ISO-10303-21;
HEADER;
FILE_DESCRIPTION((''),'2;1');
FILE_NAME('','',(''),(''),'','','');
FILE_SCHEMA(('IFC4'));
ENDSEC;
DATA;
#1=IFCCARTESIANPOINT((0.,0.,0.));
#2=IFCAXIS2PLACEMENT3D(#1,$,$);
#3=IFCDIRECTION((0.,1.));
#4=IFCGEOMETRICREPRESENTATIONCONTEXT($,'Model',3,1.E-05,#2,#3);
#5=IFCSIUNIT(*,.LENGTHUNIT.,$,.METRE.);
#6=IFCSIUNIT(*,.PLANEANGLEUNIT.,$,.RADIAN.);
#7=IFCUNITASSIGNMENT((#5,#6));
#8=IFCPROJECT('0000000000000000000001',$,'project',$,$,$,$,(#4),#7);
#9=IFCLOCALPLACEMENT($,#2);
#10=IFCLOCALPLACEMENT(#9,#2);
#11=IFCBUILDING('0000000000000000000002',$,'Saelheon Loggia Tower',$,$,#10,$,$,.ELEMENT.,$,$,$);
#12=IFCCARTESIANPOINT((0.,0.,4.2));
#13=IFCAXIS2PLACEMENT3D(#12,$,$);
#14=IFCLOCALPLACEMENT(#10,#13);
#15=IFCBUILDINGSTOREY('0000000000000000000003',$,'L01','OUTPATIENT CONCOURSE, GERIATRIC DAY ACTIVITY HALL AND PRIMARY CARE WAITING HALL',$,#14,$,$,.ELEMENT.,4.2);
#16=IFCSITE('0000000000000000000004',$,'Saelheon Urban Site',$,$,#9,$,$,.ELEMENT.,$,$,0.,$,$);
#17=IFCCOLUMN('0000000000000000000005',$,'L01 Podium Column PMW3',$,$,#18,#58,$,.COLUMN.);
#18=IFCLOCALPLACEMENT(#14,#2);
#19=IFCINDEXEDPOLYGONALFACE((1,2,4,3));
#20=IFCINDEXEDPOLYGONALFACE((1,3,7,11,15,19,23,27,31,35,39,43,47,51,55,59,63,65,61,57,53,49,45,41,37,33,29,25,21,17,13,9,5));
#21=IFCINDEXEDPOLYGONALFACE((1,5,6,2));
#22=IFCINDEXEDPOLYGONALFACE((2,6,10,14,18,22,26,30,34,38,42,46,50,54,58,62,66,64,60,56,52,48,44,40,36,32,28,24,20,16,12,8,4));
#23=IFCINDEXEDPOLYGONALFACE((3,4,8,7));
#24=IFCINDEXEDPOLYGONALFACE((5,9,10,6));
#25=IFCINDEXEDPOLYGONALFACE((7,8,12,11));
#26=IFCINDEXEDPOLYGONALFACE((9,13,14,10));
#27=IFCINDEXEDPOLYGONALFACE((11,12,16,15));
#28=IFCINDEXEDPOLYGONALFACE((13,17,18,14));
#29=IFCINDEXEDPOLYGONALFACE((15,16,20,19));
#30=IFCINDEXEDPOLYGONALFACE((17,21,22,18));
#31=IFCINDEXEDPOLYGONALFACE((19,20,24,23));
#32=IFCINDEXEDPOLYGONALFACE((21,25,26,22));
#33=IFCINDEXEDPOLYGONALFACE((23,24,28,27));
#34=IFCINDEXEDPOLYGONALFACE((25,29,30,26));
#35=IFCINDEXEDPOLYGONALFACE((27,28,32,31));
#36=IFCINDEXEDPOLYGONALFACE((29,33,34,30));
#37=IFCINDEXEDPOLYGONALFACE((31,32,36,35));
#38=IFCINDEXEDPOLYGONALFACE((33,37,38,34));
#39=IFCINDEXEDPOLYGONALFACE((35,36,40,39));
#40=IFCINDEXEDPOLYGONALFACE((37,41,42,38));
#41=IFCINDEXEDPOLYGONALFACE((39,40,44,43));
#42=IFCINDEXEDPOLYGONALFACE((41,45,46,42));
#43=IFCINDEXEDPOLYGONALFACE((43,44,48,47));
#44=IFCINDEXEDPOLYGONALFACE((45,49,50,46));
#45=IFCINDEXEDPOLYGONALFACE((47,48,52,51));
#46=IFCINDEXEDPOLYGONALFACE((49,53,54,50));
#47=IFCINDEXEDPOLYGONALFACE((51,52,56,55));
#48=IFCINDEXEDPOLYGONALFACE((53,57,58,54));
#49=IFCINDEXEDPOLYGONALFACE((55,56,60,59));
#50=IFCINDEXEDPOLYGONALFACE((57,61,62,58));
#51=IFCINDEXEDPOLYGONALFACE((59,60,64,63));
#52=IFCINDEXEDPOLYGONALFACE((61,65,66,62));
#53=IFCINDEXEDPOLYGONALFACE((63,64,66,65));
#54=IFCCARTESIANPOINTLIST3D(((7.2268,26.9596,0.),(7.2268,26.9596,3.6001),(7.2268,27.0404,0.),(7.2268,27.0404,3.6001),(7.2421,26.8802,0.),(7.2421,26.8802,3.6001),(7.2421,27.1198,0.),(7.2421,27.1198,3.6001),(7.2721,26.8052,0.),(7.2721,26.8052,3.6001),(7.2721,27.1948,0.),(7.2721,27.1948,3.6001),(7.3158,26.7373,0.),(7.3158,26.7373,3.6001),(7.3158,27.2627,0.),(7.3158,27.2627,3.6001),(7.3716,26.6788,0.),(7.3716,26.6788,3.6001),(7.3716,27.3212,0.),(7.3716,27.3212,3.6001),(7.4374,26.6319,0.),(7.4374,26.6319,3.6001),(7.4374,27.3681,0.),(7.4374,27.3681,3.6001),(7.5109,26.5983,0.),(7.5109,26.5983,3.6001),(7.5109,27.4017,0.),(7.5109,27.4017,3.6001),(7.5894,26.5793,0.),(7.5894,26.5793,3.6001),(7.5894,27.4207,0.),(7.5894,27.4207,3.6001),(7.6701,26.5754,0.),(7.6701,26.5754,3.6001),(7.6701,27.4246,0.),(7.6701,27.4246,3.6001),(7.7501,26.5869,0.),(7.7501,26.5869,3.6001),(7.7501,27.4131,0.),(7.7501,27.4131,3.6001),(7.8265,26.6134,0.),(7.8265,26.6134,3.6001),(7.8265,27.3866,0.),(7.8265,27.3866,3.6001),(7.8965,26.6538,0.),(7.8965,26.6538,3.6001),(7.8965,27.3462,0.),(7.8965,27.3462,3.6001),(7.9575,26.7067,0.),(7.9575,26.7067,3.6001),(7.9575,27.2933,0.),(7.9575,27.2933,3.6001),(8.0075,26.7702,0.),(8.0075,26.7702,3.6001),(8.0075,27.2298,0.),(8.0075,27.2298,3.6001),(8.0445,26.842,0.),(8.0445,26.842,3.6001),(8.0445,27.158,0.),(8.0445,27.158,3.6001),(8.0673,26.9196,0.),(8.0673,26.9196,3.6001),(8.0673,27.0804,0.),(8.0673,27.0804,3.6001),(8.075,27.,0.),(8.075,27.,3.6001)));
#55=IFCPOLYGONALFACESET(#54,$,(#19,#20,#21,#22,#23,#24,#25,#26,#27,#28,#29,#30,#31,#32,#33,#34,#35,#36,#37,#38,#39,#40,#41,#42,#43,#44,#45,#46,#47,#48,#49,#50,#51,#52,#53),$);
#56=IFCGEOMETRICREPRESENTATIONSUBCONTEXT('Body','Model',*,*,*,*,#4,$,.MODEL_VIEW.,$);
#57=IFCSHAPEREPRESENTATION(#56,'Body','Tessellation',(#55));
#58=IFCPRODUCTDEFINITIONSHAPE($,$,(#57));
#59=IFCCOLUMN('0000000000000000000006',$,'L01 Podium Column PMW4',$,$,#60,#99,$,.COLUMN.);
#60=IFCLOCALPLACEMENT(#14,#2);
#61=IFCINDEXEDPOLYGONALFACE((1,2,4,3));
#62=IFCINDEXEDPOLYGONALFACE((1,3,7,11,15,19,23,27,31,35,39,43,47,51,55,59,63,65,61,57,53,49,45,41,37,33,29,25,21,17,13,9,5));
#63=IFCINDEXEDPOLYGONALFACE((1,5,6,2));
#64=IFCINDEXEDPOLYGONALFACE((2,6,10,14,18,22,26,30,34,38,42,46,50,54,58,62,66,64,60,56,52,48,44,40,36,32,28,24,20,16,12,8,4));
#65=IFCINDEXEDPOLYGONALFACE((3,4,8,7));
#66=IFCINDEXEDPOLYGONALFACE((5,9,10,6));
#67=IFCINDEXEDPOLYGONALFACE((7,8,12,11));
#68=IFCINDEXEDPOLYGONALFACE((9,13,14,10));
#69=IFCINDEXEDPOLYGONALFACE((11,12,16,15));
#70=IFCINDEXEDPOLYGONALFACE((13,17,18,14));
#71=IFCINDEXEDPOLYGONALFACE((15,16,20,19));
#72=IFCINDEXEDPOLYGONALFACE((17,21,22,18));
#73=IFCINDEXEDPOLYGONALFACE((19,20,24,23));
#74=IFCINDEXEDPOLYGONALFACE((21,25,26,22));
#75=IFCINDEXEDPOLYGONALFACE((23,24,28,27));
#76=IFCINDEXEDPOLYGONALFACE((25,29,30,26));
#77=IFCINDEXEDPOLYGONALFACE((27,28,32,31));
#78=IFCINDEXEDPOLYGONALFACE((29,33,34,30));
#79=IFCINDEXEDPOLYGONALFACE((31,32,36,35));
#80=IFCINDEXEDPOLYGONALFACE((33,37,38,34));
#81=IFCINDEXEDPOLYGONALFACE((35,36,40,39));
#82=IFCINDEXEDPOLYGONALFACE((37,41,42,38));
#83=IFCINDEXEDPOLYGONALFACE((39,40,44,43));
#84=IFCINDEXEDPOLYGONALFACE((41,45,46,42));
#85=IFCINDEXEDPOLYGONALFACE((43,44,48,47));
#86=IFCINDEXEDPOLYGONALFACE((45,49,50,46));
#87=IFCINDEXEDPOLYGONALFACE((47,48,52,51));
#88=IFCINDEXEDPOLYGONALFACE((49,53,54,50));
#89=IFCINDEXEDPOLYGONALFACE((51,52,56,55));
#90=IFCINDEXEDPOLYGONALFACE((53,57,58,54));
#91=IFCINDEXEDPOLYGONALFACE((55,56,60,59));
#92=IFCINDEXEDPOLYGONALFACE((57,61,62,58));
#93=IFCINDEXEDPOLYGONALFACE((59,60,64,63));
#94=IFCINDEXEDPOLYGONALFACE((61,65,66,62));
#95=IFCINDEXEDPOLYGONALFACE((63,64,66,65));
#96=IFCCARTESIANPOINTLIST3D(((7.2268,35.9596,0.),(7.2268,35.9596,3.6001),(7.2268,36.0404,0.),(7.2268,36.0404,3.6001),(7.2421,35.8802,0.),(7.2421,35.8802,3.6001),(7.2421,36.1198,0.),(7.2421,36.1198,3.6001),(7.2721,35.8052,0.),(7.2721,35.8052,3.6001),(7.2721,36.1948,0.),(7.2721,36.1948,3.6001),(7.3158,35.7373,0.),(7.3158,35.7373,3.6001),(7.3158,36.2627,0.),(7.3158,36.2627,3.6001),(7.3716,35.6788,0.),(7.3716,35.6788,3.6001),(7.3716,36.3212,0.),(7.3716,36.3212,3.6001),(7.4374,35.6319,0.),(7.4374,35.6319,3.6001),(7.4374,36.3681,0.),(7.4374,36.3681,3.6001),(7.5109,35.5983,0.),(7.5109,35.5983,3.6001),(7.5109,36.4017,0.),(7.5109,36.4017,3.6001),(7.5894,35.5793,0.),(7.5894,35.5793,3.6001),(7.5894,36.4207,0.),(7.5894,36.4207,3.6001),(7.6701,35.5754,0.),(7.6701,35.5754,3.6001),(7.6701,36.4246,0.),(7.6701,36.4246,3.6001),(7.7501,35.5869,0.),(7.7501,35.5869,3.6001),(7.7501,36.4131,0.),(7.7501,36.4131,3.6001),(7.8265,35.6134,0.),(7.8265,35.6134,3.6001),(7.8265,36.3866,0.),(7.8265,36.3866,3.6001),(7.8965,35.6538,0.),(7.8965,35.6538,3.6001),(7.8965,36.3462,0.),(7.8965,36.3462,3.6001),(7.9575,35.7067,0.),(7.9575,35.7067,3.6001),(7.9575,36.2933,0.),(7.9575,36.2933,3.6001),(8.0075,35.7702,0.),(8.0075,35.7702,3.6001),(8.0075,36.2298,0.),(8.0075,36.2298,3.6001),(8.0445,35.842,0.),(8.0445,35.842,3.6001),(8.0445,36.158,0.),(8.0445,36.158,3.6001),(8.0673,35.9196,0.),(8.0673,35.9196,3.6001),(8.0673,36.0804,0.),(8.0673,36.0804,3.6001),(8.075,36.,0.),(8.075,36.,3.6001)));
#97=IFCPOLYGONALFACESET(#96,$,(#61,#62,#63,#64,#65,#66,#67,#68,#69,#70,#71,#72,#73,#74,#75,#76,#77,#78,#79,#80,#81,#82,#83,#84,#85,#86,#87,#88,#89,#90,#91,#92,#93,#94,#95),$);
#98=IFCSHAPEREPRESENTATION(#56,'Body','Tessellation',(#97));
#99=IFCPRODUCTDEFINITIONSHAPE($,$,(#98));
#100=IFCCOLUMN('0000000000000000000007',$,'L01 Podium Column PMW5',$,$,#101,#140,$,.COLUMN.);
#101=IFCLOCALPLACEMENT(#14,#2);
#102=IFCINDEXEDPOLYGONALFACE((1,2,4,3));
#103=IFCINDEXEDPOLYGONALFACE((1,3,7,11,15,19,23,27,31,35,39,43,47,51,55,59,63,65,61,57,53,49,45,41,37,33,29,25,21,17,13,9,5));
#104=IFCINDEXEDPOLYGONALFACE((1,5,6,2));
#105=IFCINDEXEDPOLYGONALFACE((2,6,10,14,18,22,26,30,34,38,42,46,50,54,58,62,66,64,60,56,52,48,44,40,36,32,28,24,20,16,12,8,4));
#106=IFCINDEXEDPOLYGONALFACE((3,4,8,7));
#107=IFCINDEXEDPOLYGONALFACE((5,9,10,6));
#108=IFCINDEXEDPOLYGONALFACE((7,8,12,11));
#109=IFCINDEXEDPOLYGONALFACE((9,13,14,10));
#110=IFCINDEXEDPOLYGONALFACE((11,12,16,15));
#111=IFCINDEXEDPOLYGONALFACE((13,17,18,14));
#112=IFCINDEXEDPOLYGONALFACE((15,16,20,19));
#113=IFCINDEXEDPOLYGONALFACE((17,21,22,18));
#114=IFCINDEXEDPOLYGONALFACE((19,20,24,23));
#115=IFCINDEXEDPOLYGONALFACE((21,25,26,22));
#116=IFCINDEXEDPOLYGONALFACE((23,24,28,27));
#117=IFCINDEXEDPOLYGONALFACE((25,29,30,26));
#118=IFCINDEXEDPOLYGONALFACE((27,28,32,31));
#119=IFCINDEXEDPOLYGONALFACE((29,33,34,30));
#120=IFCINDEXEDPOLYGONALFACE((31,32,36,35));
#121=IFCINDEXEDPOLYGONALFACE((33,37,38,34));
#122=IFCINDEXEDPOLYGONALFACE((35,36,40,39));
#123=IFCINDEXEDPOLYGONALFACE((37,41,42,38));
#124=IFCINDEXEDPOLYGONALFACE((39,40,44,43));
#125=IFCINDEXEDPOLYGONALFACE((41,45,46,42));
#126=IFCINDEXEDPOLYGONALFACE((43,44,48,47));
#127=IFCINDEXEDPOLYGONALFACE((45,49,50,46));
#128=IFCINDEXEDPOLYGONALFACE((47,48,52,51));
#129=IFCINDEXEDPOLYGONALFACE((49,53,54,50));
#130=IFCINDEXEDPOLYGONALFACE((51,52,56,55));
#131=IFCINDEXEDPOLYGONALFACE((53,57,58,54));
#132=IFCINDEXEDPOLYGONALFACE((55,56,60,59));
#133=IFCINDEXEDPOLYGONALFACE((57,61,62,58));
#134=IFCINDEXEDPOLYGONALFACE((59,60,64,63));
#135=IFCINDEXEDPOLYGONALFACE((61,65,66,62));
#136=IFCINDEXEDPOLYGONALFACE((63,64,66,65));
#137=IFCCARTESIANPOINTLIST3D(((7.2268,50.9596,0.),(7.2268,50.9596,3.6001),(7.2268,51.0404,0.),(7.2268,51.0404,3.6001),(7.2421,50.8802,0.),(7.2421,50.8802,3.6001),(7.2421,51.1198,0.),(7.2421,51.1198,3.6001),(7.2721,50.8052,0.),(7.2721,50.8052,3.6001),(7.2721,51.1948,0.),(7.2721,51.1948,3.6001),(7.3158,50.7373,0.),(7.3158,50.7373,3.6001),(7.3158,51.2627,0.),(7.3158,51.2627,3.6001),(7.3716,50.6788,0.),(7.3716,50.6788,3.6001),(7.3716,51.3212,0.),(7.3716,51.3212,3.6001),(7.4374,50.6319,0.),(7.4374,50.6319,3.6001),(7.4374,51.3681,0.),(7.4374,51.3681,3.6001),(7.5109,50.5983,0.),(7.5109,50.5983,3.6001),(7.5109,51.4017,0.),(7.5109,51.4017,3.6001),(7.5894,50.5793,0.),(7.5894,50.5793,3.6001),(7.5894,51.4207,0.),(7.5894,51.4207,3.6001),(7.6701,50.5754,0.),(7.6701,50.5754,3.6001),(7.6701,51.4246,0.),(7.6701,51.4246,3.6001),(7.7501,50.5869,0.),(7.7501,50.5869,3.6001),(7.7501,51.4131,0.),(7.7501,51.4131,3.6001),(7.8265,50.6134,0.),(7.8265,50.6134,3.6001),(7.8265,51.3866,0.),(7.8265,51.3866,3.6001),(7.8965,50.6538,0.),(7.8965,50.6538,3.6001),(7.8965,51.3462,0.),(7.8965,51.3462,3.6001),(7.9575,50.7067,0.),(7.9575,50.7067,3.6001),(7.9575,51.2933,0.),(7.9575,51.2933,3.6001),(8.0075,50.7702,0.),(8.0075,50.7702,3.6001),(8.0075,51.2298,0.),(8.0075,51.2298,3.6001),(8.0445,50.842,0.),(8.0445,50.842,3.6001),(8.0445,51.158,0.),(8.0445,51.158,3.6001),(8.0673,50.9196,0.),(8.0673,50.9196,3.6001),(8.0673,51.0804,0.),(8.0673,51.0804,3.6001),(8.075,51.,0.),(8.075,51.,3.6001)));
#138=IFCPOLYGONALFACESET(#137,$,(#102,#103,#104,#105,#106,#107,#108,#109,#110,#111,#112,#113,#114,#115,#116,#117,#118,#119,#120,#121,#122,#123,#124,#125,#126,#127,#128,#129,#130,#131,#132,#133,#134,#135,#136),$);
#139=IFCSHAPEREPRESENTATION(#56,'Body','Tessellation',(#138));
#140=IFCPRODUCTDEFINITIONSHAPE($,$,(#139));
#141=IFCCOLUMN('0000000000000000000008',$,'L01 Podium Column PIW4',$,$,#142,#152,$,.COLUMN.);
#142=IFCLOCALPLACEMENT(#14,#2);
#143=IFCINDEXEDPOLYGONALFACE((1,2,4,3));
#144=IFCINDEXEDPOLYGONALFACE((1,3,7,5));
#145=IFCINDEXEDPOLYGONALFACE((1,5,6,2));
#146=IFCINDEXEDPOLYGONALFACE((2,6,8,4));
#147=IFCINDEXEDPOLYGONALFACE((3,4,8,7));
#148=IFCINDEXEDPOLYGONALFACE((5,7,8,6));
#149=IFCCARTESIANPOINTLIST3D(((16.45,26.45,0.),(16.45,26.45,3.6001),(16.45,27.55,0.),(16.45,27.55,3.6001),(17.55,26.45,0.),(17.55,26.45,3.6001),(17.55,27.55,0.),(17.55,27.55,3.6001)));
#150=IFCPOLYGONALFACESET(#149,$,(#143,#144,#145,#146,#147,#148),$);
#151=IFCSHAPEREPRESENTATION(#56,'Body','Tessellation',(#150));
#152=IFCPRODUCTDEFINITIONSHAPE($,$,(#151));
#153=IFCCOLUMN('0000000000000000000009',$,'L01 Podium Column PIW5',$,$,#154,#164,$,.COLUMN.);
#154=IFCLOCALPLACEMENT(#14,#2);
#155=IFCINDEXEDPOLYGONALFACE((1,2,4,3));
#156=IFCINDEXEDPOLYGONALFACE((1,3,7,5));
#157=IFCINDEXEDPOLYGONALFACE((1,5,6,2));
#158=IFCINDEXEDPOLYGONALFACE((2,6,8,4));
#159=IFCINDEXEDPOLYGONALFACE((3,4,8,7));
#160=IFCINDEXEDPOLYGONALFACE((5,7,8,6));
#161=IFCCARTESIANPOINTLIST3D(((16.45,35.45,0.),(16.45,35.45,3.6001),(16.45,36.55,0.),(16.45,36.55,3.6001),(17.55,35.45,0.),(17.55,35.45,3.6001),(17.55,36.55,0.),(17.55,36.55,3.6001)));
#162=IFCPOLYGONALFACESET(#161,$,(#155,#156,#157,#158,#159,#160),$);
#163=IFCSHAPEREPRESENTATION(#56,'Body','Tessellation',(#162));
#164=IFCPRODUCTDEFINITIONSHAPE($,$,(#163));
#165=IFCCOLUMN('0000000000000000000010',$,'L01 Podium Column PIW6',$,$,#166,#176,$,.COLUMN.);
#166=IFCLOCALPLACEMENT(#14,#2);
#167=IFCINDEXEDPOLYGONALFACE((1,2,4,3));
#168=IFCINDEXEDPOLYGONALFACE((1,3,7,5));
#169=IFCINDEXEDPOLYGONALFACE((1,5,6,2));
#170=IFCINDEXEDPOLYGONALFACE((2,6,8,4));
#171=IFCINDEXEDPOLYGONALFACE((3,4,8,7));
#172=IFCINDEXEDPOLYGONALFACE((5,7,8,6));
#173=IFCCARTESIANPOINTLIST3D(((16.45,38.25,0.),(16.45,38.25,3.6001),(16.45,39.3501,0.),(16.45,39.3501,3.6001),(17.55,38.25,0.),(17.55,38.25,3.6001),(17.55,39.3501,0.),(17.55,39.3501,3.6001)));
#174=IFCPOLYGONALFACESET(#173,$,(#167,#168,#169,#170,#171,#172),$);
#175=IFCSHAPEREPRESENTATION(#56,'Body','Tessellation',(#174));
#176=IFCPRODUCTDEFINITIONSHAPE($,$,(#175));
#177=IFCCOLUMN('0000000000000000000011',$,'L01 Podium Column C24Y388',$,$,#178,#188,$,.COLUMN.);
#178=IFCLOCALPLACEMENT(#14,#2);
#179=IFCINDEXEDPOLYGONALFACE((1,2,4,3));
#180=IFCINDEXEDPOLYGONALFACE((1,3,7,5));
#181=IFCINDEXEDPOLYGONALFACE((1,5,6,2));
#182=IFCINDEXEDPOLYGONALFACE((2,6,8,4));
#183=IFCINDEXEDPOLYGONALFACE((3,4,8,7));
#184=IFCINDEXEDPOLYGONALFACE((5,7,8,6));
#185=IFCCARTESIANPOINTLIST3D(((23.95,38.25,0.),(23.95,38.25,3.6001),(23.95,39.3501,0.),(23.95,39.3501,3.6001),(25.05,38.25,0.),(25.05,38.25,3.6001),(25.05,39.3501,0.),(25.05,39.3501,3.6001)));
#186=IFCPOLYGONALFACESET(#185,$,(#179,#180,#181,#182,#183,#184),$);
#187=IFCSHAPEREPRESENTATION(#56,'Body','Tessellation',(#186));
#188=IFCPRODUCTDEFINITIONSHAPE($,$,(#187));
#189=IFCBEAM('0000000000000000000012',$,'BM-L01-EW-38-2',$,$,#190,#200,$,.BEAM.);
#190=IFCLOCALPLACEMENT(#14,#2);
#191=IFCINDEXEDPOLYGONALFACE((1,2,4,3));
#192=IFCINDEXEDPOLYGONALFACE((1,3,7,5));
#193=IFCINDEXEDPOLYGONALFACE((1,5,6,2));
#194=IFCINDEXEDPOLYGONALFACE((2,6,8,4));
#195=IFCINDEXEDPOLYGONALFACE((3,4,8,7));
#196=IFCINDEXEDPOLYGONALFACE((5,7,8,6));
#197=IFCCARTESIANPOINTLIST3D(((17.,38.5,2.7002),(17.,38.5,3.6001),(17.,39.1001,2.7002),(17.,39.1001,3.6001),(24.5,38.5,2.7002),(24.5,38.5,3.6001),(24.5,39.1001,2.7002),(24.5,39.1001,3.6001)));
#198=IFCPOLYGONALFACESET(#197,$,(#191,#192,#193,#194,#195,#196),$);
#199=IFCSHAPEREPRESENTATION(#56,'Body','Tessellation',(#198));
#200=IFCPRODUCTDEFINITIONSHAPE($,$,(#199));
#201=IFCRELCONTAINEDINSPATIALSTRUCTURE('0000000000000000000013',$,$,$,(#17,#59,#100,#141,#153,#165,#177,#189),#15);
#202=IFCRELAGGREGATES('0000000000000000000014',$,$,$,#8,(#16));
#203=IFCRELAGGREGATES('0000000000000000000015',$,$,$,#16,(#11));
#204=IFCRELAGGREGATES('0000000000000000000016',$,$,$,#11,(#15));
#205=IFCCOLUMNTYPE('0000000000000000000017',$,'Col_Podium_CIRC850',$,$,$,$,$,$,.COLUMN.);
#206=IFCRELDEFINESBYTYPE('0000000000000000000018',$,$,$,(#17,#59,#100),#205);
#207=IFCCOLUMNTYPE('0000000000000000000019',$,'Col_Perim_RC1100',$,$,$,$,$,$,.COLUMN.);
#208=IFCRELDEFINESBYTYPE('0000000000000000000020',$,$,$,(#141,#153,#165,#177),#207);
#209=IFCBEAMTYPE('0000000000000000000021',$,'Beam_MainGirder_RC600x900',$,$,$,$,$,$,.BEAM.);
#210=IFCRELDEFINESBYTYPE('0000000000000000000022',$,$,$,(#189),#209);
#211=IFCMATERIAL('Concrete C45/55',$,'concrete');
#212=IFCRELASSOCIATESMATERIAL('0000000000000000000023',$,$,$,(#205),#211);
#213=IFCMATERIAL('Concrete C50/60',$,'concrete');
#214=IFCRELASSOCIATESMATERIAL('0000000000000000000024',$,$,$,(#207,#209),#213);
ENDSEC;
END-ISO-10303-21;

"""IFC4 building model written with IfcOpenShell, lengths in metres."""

from ifc_helpers import new_model, si_unit, direction, frame, origin, origin_2d, place, context, subcontext, project, spatial, rectangle, circle, extrude, source, transform, mapped, material, material_profile, profile_set, type_object, element, save


model = new_model("IFC4")

# Units and contexts
model_context = context("Model", 3, precision=1e-05, world=origin(), true_north=direction((0.0, 1.0)))
body_context = subcontext(model_context, "Body", "Model", "MODEL_VIEW")
ifc_project = project(units=[si_unit("LENGTHUNIT", "METRE"), si_unit("PLANEANGLEUNIT", "RADIAN")], contexts=[model_context])

# Site, building, storey
site_placement = place(None, origin())
site = spatial("IfcSite", under=ifc_project, at=site_placement, Name="Saelheon Urban Site", CompositionType="ELEMENT", RefElevation=0.0)
building_placement = place(site_placement, origin())
building = spatial("IfcBuilding", under=site, at=building_placement, Name="Saelheon Loggia Tower", CompositionType="ELEMENT")
storey_placement = place(building_placement, frame((0.0, 0.0, 4.2)))
storey = spatial("IfcBuildingStorey", under=building, at=storey_placement, Name="L01", Description="OUTPATIENT CONCOURSE, GERIATRIC DAY ACTIVITY HALL AND PRIMARY CARE WAITING HALL", CompositionType="ELEMENT", Elevation=4.2)

# Columns
ifc_material_1 = material(Name="Concrete C45/55", Category="concrete")
ifc_material_profile_1 = material_profile(ifc_material_1, circle(Radius=0.425, at=origin_2d()), Name="CIRC-850")
ifc_profile_set_1 = profile_set([ifc_material_profile_1], Name="Concrete C45/55")
column_type_1 = type_object("IfcColumnType", Name="Col_Podium_CIRC850", PredefinedType="COLUMN", material=ifc_profile_set_1)
shared_shape_1 = source(origin(), body_context, "Body", "SweptSolid", [
    extrude(circle(Radius=0.425, at=origin_2d()), origin(), (0.0, 0.0, 1.0), 3.6001),
])
for number, where, z_axis, x_axis, name in (
    (1, (7.6499, 27.0, 0.0), (0.0, 0.0, 1.0), (1.0, 0.0, 0.0), "L01 Podium Column PMW3"),
    (2, (7.6499, 36.0, 0.0), (0.0, 0.0, 1.0), (1.0, 0.0, 0.0), "L01 Podium Column PMW4"),
    (3, (7.6499, 51.0, 0.0), (0.0, 0.0, 1.0), (1.0, 0.0, 0.0), "L01 Podium Column PMW5"),
):
    element("IfcColumn", number, at=place(storey_placement, frame(where, z_axis=z_axis, x_axis=x_axis)), inside=storey, type_object=column_type_1, Name=name, PredefinedType="COLUMN", context=body_context, shape_type="MappedRepresentation", body=[
        mapped(shared_shape_1, transform((0.0, 0.0, 0.0), scale=1.0)),
    ])
ifc_material_2 = material(Name="Concrete C50/60", Category="concrete")
ifc_material_profile_2 = material_profile(ifc_material_2, rectangle(XDim=1.1001, YDim=1.1001, at=origin_2d()), Name="RC-1100x1100")
ifc_profile_set_2 = profile_set([ifc_material_profile_2], Name="Concrete C50/60")
column_type_2 = type_object("IfcColumnType", Name="Col_Perim_RC1100", PredefinedType="COLUMN", material=ifc_profile_set_2)
shared_shape_2 = source(origin(), body_context, "Body", "SweptSolid", [
    extrude(rectangle(XDim=1.1001, YDim=1.1001, at=origin_2d()), origin(), (0.0, 0.0, 1.0), 3.6001),
])
for number, where, z_axis, x_axis, name in (
    (4, (17.0, 27.0, 0.0), (0.0, 0.0, 1.0), (1.0, 0.0, 0.0), "L01 Podium Column PIW4"),
    (5, (17.0, 36.0, 0.0), (0.0, 0.0, 1.0), (1.0, 0.0, 0.0), "L01 Podium Column PIW5"),
    (6, (17.0, 38.8, 0.0), (0.0, 0.0, 1.0), (1.0, 0.0, 0.0), "L01 Podium Column PIW6"),
    (7, (24.5, 38.8, 0.0), (0.0, 0.0, 1.0), (1.0, 0.0, 0.0), "L01 Podium Column C24Y388"),
):
    element("IfcColumn", number, at=place(storey_placement, frame(where, z_axis=z_axis, x_axis=x_axis)), inside=storey, type_object=column_type_2, Name=name, PredefinedType="COLUMN", context=body_context, shape_type="MappedRepresentation", body=[
        mapped(shared_shape_2, transform((0.0, 0.0, 0.0), scale=1.0)),
    ])

# Beam
ifc_material_profile_3 = material_profile(ifc_material_2, rectangle(XDim=0.6001, YDim=0.8999, at=origin_2d()), Name="RC-600x900")
ifc_profile_set_3 = profile_set([ifc_material_profile_3], Name="Concrete C50/60")
beam_type_1 = type_object("IfcBeamType", Name="Beam_MainGirder_RC600x900", PredefinedType="BEAM", material=ifc_profile_set_3)
shared_shape_3 = source(origin(), body_context, "Body", "SweptSolid", [
    extrude(rectangle(XDim=0.6001, YDim=0.8999, at=origin_2d()), origin(), (0.0, 0.0, 1.0), 7.5),
])
beam_1_placement = place(storey_placement, frame((17.0, 38.8, 3.1501), z_axis=(1.0, 0.0, 0.0), x_axis=(0.0, 1.0, 0.0)))
element("IfcBeam", 8, at=beam_1_placement, inside=storey, type_object=beam_type_1, Name="BM-L01-EW-38-2", PredefinedType="BEAM", context=body_context, shape_type="MappedRepresentation", body=[
    mapped(shared_shape_3, transform((0.0, 0.0, 0.0), scale=1.0)),
])

save(model, "model.ifc")
